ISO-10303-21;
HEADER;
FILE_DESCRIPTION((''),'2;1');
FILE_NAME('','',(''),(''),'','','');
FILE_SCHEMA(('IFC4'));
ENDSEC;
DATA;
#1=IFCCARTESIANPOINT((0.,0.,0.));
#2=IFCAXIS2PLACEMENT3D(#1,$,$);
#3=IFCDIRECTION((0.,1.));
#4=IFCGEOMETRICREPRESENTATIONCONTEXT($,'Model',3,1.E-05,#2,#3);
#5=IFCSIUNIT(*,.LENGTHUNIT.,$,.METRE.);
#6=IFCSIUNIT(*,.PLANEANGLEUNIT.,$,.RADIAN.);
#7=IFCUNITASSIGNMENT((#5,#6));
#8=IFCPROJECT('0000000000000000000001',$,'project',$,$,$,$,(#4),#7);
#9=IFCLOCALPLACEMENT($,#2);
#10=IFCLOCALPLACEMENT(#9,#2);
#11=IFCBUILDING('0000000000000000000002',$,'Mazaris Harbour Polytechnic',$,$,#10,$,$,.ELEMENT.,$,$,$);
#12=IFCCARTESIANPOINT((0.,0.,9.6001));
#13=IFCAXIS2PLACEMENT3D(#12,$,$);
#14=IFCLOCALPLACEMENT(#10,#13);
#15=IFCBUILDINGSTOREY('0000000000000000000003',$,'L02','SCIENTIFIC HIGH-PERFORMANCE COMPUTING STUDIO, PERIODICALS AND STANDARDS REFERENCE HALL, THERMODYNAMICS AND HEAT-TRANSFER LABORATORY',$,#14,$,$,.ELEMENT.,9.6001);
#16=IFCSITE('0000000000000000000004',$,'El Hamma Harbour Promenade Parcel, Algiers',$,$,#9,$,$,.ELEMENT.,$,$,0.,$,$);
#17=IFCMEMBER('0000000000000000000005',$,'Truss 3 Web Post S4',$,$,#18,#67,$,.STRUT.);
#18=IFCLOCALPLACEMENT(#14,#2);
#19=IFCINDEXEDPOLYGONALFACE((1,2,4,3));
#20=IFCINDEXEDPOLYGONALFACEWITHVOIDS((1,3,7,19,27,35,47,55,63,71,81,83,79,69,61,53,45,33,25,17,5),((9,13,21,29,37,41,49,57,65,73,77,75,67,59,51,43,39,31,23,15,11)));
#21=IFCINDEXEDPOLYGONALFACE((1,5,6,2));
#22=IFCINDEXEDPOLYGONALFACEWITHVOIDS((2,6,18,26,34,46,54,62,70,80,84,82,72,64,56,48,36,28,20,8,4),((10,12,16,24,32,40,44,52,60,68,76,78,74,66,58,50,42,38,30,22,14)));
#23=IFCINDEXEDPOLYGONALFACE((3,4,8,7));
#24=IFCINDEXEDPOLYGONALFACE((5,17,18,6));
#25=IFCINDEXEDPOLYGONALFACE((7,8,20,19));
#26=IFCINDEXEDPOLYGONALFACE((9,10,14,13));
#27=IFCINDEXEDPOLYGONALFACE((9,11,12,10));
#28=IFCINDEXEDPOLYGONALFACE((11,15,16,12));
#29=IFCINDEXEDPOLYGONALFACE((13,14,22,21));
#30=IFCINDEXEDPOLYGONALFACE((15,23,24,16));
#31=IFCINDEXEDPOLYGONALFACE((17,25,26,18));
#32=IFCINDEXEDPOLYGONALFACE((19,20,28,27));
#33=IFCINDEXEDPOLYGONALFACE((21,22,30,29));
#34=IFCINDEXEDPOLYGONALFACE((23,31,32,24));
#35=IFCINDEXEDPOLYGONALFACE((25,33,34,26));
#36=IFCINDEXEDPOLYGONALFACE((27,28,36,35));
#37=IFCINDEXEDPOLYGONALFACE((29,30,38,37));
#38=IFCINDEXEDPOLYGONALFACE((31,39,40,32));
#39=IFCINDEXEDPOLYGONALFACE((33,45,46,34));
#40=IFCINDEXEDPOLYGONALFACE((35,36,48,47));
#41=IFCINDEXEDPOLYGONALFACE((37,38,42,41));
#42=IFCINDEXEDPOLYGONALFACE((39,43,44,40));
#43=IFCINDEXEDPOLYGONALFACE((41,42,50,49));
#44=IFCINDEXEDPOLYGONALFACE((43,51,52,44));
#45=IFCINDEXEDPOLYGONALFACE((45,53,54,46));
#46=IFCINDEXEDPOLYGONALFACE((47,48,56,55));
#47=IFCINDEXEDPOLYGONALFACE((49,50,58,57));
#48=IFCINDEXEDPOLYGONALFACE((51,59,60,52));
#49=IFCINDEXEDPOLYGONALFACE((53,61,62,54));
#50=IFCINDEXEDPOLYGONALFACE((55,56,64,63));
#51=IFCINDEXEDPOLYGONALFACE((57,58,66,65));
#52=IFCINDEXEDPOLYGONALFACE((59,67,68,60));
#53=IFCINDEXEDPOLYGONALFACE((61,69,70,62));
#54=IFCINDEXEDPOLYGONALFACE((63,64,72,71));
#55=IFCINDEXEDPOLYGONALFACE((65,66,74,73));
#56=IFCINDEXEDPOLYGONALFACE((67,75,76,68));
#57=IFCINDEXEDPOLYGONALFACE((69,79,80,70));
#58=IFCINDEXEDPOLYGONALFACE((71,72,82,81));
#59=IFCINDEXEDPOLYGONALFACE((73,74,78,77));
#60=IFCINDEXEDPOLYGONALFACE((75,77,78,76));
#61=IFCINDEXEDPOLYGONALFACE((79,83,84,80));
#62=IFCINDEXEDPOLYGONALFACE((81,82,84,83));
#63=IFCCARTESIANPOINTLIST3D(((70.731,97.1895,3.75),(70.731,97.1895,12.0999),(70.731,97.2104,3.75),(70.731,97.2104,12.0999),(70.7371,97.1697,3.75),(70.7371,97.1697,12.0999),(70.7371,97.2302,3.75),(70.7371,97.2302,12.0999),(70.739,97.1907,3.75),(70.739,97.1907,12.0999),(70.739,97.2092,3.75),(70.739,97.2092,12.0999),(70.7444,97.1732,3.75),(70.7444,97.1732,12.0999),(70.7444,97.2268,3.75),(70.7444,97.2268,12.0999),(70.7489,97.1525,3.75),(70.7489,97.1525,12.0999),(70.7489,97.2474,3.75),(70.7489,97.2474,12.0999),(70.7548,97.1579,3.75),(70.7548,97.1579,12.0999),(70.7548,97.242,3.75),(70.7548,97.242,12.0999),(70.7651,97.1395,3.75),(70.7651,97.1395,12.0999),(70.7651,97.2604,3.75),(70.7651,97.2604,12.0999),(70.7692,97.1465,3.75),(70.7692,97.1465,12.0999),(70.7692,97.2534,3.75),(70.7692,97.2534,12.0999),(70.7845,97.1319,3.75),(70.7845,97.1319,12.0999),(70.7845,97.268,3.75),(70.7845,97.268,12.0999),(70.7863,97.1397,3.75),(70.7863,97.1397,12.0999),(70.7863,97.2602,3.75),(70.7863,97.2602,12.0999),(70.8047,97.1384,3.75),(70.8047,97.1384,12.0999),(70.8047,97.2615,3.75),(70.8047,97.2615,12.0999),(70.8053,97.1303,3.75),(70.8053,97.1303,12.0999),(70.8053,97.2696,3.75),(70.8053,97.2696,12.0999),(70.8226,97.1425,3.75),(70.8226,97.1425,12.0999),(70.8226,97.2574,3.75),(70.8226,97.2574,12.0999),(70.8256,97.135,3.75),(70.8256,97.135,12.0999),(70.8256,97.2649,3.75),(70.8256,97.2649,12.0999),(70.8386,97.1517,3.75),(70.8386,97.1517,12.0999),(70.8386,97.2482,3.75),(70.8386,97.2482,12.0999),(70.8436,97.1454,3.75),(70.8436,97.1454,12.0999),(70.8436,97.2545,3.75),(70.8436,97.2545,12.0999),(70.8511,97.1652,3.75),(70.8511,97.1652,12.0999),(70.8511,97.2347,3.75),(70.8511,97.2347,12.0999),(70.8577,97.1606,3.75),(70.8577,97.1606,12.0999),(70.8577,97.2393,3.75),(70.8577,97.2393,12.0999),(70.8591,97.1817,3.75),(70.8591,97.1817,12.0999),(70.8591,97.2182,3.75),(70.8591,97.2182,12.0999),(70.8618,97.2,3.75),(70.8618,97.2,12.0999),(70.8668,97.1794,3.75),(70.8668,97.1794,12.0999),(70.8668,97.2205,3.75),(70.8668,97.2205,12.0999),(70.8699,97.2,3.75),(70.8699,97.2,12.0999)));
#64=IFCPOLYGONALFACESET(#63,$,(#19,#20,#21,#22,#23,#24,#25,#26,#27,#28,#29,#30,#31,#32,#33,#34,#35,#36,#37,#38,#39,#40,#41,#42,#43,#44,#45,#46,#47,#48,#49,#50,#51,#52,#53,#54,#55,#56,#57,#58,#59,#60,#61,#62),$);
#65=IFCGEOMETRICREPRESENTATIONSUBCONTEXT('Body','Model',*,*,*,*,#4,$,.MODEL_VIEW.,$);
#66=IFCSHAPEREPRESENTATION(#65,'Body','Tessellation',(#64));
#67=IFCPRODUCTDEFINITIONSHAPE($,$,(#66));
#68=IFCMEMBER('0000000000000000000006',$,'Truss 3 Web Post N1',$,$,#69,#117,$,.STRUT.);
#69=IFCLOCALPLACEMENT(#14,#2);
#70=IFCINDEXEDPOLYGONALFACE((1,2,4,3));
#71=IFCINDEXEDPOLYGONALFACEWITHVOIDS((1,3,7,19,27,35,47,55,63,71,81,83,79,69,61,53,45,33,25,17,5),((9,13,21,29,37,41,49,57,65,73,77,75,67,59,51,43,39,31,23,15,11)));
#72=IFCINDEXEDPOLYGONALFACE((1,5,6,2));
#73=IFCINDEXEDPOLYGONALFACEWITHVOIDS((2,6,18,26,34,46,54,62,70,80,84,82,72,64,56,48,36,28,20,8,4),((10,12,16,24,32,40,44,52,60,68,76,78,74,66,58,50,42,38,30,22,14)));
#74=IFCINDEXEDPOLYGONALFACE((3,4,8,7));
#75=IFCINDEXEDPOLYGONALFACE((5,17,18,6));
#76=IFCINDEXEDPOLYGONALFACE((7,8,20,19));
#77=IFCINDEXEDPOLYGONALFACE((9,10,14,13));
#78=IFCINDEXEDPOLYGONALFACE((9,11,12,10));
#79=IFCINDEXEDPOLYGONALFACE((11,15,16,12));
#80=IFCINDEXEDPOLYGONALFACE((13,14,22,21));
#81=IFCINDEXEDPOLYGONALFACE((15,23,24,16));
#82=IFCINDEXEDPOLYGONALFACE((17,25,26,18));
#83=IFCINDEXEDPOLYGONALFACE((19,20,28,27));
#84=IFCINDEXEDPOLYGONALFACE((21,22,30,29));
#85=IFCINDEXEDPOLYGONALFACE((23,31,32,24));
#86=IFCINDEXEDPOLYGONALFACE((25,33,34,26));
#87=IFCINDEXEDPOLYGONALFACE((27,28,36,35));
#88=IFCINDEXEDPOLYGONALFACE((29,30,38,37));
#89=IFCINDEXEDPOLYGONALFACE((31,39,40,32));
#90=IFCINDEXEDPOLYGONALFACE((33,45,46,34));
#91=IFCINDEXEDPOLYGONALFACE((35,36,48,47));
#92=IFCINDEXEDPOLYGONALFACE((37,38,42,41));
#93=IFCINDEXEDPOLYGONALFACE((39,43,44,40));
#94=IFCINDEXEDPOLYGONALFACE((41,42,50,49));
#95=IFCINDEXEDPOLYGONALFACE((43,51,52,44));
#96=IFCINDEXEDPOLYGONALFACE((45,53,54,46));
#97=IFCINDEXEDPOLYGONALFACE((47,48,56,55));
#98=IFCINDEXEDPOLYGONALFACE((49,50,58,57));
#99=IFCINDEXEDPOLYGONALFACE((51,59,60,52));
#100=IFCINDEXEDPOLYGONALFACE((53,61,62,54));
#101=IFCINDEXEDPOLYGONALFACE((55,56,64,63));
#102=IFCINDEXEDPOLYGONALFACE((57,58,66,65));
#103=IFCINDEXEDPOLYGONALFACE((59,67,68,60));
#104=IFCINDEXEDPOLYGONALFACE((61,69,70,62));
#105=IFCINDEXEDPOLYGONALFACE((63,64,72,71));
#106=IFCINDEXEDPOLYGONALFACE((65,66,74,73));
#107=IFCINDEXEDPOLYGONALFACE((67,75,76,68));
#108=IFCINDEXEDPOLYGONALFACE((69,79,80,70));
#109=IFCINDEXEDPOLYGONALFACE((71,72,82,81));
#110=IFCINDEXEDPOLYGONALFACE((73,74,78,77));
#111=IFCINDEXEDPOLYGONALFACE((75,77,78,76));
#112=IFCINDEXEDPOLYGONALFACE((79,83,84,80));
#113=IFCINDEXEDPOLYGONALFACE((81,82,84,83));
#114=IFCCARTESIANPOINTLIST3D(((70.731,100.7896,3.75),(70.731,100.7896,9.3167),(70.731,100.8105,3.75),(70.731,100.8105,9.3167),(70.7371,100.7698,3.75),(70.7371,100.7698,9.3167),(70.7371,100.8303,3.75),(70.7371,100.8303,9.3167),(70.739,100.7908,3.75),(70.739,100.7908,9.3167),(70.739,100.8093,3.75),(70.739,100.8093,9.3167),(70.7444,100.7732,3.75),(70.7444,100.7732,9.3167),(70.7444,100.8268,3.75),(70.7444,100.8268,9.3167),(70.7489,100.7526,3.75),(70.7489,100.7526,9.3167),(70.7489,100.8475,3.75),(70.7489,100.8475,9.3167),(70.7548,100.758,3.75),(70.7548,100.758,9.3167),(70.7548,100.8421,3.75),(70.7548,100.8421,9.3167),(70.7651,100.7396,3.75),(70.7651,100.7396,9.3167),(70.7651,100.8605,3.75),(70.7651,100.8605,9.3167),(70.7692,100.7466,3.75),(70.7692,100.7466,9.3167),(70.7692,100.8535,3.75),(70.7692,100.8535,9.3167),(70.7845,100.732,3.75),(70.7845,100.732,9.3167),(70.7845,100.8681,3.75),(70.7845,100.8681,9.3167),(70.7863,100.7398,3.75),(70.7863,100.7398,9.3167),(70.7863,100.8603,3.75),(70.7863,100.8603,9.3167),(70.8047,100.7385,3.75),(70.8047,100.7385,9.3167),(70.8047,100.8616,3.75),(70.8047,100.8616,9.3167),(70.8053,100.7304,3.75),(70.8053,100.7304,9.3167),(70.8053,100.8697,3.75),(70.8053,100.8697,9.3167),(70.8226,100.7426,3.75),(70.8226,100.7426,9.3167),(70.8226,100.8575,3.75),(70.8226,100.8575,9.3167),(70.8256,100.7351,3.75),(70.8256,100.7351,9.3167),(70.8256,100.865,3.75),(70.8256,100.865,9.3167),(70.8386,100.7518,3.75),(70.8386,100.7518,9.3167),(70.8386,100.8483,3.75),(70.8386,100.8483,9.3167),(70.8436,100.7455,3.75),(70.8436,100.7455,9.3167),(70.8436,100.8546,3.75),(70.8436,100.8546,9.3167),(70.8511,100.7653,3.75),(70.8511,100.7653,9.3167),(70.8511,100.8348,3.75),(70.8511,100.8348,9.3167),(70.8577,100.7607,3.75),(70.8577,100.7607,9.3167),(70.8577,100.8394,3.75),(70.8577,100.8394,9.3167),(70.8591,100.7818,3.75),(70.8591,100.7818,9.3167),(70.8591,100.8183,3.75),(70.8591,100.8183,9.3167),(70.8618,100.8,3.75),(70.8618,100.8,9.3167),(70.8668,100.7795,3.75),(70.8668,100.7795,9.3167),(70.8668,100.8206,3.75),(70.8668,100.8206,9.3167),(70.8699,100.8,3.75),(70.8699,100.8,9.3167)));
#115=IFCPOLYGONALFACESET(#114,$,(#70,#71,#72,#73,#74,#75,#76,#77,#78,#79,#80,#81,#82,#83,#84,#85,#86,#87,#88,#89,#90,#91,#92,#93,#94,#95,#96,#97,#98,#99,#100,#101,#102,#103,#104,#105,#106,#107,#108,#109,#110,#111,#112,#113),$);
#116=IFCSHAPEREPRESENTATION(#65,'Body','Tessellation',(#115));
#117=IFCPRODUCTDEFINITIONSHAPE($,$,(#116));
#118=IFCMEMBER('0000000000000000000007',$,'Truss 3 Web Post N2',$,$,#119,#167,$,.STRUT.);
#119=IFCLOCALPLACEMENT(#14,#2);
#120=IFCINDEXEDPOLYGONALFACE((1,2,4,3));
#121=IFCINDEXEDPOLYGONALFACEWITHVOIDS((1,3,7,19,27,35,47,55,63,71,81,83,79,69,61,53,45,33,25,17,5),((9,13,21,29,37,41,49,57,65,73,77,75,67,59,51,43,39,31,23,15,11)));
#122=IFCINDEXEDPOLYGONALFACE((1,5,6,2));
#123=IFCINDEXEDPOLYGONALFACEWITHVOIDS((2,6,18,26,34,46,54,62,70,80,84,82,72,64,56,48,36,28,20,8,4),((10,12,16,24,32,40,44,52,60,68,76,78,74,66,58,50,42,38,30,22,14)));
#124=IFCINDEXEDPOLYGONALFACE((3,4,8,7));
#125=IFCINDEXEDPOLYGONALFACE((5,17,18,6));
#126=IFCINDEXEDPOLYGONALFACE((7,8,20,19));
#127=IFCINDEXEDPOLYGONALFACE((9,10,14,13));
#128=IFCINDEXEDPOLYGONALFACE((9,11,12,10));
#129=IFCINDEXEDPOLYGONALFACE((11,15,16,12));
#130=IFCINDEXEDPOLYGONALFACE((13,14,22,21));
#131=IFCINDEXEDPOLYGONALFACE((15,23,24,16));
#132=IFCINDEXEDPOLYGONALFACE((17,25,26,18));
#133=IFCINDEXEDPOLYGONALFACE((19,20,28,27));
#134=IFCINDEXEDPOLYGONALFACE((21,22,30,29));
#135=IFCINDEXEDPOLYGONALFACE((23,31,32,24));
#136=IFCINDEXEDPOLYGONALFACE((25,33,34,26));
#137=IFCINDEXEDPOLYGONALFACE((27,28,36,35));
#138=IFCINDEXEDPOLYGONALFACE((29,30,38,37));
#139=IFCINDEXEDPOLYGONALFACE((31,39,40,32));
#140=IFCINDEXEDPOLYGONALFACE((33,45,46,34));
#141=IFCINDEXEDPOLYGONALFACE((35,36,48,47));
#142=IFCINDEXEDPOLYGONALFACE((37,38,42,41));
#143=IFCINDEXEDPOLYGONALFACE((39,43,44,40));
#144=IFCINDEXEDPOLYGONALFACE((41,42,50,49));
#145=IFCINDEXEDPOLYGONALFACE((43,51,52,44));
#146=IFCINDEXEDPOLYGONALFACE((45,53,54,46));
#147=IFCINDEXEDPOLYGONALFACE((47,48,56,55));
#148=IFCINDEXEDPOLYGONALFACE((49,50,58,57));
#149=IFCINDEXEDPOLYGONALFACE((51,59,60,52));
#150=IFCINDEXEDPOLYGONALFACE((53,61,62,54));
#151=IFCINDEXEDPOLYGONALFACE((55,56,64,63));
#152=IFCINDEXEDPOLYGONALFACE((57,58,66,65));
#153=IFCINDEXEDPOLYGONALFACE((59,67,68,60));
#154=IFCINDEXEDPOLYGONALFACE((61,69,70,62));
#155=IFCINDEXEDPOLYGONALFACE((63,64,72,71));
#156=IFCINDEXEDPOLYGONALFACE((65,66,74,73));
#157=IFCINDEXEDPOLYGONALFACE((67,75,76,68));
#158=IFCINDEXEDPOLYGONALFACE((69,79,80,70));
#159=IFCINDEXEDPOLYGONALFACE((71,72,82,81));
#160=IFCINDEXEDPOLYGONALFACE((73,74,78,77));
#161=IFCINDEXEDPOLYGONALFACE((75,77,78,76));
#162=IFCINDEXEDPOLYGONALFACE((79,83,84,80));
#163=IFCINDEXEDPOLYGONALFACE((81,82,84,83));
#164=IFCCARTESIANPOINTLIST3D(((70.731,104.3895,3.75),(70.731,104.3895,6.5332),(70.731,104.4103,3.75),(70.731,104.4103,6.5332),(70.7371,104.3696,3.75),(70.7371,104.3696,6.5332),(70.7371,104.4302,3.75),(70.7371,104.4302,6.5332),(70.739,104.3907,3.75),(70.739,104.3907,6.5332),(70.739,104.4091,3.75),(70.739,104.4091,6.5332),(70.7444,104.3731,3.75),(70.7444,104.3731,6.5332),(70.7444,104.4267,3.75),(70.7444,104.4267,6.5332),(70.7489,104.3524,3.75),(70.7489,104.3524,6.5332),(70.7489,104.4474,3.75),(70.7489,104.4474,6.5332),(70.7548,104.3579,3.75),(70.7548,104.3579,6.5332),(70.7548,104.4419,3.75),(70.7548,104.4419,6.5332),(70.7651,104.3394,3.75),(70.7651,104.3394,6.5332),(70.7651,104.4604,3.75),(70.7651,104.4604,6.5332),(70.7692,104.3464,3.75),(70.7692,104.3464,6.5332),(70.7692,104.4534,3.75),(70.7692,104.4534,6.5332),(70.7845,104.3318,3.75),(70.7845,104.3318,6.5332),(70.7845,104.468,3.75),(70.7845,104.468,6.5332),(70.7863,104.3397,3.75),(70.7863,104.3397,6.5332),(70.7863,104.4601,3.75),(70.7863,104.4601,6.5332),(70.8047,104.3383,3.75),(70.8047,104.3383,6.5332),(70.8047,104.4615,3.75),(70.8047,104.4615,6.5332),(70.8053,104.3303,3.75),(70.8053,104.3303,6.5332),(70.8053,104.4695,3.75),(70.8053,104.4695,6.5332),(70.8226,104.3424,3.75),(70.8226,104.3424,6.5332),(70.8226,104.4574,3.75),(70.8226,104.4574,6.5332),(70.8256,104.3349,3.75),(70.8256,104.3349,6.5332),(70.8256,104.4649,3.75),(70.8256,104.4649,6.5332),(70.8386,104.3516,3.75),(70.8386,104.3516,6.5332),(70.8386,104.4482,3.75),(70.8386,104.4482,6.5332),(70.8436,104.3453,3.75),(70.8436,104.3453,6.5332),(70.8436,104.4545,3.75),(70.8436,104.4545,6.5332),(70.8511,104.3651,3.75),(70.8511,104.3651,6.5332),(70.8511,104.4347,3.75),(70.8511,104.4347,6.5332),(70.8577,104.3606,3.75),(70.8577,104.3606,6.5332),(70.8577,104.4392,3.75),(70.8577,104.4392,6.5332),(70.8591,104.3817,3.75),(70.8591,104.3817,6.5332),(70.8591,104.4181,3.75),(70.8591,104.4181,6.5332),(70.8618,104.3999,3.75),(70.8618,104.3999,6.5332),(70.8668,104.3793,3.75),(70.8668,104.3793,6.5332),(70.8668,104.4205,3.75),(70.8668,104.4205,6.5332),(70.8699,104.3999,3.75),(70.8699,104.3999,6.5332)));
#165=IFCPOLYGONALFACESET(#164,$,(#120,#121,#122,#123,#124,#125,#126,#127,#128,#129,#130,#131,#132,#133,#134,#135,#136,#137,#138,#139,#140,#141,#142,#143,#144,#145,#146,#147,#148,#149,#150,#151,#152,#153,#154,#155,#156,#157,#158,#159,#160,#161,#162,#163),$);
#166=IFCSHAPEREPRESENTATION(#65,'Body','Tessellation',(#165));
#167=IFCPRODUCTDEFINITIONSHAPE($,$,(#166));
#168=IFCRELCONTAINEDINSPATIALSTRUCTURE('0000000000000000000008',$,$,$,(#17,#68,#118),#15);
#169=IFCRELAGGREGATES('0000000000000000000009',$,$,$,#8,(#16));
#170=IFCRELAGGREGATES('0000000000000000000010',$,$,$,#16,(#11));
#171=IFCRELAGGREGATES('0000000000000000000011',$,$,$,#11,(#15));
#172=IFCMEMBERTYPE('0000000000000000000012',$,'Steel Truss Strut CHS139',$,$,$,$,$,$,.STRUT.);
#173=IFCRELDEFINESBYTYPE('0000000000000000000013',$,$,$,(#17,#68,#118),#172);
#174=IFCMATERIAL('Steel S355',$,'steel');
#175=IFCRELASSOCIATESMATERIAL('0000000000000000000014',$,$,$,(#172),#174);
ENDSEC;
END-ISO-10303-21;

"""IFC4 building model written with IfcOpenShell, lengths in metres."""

from ifc_helpers import new_model, si_unit, direction, frame, origin, origin_2d, place, context, subcontext, project, spatial, hollow_circle, extrude, material, material_profile, profile_set, type_object, element, save


model = new_model("IFC4")

# Units and contexts
model_context = context("Model", 3, precision=1e-05, world=origin(), true_north=direction((0.0, 1.0)))
body_context = subcontext(model_context, "Body", "Model", "MODEL_VIEW")
ifc_project = project(units=[si_unit("LENGTHUNIT", "METRE"), si_unit("PLANEANGLEUNIT", "RADIAN")], contexts=[model_context])

# Site, building, storey
site_placement = place(None, origin())
site = spatial("IfcSite", under=ifc_project, at=site_placement, Name="El Hamma Harbour Promenade Parcel, Algiers", CompositionType="ELEMENT", RefElevation=0.0)
building_placement = place(site_placement, origin())
building = spatial("IfcBuilding", under=site, at=building_placement, Name="Mazaris Harbour Polytechnic", CompositionType="ELEMENT")
storey_placement = place(building_placement, frame((0.0, 0.0, 9.6001)))
storey = spatial("IfcBuildingStorey", under=building, at=storey_placement, Name="L02", Description="SCIENTIFIC HIGH-PERFORMANCE COMPUTING STUDIO, PERIODICALS AND STANDARDS REFERENCE HALL, THERMODYNAMICS AND HEAT-TRANSFER LABORATORY", CompositionType="ELEMENT", Elevation=9.6001)

# Members
ifc_material_1 = material(Name="Steel S355", Category="steel")
ifc_material_profile_1 = material_profile(ifc_material_1, hollow_circle(Radius=0.0698, WallThickness=0.0081, at=origin_2d()), Name="CHS 139.7x8.0")
ifc_profile_set_1 = profile_set([ifc_material_profile_1], Name="Steel S355")
member_type_1 = type_object("IfcMemberType", Name="Steel Truss Strut CHS139", PredefinedType="STRUT", material=ifc_profile_set_1)
member_1_placement = place(storey_placement, frame((70.8, 97.2, 3.75), z_axis=(0.0, 0.0, 1.0), x_axis=(1.0, 0.0, 0.0)))
element("IfcMember", 1, at=member_1_placement, inside=storey, type_object=member_type_1, Name="Truss 3 Web Post S4", PredefinedType="STRUT", context=body_context, shape_type="SweptSolid", body=[
    extrude(hollow_circle(Radius=0.0698, WallThickness=0.0081, at=origin_2d()), origin(), (0.0, 0.0, 1.0), 8.3499),
])
member_2_placement = place(storey_placement, frame((70.8, 100.8, 3.75), z_axis=(0.0, 0.0, 1.0), x_axis=(1.0, 0.0, 0.0)))
element("IfcMember", 2, at=member_2_placement, inside=storey, type_object=member_type_1, Name="Truss 3 Web Post N1", PredefinedType="STRUT", context=body_context, shape_type="SweptSolid", body=[
    extrude(hollow_circle(Radius=0.0698, WallThickness=0.0081, at=origin_2d()), origin(), (0.0, 0.0, 1.0), 5.5667),
])
member_3_placement = place(storey_placement, frame((70.8, 104.3999, 3.75), z_axis=(0.0, 0.0, 1.0), x_axis=(1.0, 0.0, 0.0)))
element("IfcMember", 3, at=member_3_placement, inside=storey, type_object=member_type_1, Name="Truss 3 Web Post N2", PredefinedType="STRUT", context=body_context, shape_type="SweptSolid", body=[
    extrude(hollow_circle(Radius=0.0698, WallThickness=0.0081, at=origin_2d()), origin(), (0.0, 0.0, 1.0), 2.7832),
])

save(model, "model.ifc")
